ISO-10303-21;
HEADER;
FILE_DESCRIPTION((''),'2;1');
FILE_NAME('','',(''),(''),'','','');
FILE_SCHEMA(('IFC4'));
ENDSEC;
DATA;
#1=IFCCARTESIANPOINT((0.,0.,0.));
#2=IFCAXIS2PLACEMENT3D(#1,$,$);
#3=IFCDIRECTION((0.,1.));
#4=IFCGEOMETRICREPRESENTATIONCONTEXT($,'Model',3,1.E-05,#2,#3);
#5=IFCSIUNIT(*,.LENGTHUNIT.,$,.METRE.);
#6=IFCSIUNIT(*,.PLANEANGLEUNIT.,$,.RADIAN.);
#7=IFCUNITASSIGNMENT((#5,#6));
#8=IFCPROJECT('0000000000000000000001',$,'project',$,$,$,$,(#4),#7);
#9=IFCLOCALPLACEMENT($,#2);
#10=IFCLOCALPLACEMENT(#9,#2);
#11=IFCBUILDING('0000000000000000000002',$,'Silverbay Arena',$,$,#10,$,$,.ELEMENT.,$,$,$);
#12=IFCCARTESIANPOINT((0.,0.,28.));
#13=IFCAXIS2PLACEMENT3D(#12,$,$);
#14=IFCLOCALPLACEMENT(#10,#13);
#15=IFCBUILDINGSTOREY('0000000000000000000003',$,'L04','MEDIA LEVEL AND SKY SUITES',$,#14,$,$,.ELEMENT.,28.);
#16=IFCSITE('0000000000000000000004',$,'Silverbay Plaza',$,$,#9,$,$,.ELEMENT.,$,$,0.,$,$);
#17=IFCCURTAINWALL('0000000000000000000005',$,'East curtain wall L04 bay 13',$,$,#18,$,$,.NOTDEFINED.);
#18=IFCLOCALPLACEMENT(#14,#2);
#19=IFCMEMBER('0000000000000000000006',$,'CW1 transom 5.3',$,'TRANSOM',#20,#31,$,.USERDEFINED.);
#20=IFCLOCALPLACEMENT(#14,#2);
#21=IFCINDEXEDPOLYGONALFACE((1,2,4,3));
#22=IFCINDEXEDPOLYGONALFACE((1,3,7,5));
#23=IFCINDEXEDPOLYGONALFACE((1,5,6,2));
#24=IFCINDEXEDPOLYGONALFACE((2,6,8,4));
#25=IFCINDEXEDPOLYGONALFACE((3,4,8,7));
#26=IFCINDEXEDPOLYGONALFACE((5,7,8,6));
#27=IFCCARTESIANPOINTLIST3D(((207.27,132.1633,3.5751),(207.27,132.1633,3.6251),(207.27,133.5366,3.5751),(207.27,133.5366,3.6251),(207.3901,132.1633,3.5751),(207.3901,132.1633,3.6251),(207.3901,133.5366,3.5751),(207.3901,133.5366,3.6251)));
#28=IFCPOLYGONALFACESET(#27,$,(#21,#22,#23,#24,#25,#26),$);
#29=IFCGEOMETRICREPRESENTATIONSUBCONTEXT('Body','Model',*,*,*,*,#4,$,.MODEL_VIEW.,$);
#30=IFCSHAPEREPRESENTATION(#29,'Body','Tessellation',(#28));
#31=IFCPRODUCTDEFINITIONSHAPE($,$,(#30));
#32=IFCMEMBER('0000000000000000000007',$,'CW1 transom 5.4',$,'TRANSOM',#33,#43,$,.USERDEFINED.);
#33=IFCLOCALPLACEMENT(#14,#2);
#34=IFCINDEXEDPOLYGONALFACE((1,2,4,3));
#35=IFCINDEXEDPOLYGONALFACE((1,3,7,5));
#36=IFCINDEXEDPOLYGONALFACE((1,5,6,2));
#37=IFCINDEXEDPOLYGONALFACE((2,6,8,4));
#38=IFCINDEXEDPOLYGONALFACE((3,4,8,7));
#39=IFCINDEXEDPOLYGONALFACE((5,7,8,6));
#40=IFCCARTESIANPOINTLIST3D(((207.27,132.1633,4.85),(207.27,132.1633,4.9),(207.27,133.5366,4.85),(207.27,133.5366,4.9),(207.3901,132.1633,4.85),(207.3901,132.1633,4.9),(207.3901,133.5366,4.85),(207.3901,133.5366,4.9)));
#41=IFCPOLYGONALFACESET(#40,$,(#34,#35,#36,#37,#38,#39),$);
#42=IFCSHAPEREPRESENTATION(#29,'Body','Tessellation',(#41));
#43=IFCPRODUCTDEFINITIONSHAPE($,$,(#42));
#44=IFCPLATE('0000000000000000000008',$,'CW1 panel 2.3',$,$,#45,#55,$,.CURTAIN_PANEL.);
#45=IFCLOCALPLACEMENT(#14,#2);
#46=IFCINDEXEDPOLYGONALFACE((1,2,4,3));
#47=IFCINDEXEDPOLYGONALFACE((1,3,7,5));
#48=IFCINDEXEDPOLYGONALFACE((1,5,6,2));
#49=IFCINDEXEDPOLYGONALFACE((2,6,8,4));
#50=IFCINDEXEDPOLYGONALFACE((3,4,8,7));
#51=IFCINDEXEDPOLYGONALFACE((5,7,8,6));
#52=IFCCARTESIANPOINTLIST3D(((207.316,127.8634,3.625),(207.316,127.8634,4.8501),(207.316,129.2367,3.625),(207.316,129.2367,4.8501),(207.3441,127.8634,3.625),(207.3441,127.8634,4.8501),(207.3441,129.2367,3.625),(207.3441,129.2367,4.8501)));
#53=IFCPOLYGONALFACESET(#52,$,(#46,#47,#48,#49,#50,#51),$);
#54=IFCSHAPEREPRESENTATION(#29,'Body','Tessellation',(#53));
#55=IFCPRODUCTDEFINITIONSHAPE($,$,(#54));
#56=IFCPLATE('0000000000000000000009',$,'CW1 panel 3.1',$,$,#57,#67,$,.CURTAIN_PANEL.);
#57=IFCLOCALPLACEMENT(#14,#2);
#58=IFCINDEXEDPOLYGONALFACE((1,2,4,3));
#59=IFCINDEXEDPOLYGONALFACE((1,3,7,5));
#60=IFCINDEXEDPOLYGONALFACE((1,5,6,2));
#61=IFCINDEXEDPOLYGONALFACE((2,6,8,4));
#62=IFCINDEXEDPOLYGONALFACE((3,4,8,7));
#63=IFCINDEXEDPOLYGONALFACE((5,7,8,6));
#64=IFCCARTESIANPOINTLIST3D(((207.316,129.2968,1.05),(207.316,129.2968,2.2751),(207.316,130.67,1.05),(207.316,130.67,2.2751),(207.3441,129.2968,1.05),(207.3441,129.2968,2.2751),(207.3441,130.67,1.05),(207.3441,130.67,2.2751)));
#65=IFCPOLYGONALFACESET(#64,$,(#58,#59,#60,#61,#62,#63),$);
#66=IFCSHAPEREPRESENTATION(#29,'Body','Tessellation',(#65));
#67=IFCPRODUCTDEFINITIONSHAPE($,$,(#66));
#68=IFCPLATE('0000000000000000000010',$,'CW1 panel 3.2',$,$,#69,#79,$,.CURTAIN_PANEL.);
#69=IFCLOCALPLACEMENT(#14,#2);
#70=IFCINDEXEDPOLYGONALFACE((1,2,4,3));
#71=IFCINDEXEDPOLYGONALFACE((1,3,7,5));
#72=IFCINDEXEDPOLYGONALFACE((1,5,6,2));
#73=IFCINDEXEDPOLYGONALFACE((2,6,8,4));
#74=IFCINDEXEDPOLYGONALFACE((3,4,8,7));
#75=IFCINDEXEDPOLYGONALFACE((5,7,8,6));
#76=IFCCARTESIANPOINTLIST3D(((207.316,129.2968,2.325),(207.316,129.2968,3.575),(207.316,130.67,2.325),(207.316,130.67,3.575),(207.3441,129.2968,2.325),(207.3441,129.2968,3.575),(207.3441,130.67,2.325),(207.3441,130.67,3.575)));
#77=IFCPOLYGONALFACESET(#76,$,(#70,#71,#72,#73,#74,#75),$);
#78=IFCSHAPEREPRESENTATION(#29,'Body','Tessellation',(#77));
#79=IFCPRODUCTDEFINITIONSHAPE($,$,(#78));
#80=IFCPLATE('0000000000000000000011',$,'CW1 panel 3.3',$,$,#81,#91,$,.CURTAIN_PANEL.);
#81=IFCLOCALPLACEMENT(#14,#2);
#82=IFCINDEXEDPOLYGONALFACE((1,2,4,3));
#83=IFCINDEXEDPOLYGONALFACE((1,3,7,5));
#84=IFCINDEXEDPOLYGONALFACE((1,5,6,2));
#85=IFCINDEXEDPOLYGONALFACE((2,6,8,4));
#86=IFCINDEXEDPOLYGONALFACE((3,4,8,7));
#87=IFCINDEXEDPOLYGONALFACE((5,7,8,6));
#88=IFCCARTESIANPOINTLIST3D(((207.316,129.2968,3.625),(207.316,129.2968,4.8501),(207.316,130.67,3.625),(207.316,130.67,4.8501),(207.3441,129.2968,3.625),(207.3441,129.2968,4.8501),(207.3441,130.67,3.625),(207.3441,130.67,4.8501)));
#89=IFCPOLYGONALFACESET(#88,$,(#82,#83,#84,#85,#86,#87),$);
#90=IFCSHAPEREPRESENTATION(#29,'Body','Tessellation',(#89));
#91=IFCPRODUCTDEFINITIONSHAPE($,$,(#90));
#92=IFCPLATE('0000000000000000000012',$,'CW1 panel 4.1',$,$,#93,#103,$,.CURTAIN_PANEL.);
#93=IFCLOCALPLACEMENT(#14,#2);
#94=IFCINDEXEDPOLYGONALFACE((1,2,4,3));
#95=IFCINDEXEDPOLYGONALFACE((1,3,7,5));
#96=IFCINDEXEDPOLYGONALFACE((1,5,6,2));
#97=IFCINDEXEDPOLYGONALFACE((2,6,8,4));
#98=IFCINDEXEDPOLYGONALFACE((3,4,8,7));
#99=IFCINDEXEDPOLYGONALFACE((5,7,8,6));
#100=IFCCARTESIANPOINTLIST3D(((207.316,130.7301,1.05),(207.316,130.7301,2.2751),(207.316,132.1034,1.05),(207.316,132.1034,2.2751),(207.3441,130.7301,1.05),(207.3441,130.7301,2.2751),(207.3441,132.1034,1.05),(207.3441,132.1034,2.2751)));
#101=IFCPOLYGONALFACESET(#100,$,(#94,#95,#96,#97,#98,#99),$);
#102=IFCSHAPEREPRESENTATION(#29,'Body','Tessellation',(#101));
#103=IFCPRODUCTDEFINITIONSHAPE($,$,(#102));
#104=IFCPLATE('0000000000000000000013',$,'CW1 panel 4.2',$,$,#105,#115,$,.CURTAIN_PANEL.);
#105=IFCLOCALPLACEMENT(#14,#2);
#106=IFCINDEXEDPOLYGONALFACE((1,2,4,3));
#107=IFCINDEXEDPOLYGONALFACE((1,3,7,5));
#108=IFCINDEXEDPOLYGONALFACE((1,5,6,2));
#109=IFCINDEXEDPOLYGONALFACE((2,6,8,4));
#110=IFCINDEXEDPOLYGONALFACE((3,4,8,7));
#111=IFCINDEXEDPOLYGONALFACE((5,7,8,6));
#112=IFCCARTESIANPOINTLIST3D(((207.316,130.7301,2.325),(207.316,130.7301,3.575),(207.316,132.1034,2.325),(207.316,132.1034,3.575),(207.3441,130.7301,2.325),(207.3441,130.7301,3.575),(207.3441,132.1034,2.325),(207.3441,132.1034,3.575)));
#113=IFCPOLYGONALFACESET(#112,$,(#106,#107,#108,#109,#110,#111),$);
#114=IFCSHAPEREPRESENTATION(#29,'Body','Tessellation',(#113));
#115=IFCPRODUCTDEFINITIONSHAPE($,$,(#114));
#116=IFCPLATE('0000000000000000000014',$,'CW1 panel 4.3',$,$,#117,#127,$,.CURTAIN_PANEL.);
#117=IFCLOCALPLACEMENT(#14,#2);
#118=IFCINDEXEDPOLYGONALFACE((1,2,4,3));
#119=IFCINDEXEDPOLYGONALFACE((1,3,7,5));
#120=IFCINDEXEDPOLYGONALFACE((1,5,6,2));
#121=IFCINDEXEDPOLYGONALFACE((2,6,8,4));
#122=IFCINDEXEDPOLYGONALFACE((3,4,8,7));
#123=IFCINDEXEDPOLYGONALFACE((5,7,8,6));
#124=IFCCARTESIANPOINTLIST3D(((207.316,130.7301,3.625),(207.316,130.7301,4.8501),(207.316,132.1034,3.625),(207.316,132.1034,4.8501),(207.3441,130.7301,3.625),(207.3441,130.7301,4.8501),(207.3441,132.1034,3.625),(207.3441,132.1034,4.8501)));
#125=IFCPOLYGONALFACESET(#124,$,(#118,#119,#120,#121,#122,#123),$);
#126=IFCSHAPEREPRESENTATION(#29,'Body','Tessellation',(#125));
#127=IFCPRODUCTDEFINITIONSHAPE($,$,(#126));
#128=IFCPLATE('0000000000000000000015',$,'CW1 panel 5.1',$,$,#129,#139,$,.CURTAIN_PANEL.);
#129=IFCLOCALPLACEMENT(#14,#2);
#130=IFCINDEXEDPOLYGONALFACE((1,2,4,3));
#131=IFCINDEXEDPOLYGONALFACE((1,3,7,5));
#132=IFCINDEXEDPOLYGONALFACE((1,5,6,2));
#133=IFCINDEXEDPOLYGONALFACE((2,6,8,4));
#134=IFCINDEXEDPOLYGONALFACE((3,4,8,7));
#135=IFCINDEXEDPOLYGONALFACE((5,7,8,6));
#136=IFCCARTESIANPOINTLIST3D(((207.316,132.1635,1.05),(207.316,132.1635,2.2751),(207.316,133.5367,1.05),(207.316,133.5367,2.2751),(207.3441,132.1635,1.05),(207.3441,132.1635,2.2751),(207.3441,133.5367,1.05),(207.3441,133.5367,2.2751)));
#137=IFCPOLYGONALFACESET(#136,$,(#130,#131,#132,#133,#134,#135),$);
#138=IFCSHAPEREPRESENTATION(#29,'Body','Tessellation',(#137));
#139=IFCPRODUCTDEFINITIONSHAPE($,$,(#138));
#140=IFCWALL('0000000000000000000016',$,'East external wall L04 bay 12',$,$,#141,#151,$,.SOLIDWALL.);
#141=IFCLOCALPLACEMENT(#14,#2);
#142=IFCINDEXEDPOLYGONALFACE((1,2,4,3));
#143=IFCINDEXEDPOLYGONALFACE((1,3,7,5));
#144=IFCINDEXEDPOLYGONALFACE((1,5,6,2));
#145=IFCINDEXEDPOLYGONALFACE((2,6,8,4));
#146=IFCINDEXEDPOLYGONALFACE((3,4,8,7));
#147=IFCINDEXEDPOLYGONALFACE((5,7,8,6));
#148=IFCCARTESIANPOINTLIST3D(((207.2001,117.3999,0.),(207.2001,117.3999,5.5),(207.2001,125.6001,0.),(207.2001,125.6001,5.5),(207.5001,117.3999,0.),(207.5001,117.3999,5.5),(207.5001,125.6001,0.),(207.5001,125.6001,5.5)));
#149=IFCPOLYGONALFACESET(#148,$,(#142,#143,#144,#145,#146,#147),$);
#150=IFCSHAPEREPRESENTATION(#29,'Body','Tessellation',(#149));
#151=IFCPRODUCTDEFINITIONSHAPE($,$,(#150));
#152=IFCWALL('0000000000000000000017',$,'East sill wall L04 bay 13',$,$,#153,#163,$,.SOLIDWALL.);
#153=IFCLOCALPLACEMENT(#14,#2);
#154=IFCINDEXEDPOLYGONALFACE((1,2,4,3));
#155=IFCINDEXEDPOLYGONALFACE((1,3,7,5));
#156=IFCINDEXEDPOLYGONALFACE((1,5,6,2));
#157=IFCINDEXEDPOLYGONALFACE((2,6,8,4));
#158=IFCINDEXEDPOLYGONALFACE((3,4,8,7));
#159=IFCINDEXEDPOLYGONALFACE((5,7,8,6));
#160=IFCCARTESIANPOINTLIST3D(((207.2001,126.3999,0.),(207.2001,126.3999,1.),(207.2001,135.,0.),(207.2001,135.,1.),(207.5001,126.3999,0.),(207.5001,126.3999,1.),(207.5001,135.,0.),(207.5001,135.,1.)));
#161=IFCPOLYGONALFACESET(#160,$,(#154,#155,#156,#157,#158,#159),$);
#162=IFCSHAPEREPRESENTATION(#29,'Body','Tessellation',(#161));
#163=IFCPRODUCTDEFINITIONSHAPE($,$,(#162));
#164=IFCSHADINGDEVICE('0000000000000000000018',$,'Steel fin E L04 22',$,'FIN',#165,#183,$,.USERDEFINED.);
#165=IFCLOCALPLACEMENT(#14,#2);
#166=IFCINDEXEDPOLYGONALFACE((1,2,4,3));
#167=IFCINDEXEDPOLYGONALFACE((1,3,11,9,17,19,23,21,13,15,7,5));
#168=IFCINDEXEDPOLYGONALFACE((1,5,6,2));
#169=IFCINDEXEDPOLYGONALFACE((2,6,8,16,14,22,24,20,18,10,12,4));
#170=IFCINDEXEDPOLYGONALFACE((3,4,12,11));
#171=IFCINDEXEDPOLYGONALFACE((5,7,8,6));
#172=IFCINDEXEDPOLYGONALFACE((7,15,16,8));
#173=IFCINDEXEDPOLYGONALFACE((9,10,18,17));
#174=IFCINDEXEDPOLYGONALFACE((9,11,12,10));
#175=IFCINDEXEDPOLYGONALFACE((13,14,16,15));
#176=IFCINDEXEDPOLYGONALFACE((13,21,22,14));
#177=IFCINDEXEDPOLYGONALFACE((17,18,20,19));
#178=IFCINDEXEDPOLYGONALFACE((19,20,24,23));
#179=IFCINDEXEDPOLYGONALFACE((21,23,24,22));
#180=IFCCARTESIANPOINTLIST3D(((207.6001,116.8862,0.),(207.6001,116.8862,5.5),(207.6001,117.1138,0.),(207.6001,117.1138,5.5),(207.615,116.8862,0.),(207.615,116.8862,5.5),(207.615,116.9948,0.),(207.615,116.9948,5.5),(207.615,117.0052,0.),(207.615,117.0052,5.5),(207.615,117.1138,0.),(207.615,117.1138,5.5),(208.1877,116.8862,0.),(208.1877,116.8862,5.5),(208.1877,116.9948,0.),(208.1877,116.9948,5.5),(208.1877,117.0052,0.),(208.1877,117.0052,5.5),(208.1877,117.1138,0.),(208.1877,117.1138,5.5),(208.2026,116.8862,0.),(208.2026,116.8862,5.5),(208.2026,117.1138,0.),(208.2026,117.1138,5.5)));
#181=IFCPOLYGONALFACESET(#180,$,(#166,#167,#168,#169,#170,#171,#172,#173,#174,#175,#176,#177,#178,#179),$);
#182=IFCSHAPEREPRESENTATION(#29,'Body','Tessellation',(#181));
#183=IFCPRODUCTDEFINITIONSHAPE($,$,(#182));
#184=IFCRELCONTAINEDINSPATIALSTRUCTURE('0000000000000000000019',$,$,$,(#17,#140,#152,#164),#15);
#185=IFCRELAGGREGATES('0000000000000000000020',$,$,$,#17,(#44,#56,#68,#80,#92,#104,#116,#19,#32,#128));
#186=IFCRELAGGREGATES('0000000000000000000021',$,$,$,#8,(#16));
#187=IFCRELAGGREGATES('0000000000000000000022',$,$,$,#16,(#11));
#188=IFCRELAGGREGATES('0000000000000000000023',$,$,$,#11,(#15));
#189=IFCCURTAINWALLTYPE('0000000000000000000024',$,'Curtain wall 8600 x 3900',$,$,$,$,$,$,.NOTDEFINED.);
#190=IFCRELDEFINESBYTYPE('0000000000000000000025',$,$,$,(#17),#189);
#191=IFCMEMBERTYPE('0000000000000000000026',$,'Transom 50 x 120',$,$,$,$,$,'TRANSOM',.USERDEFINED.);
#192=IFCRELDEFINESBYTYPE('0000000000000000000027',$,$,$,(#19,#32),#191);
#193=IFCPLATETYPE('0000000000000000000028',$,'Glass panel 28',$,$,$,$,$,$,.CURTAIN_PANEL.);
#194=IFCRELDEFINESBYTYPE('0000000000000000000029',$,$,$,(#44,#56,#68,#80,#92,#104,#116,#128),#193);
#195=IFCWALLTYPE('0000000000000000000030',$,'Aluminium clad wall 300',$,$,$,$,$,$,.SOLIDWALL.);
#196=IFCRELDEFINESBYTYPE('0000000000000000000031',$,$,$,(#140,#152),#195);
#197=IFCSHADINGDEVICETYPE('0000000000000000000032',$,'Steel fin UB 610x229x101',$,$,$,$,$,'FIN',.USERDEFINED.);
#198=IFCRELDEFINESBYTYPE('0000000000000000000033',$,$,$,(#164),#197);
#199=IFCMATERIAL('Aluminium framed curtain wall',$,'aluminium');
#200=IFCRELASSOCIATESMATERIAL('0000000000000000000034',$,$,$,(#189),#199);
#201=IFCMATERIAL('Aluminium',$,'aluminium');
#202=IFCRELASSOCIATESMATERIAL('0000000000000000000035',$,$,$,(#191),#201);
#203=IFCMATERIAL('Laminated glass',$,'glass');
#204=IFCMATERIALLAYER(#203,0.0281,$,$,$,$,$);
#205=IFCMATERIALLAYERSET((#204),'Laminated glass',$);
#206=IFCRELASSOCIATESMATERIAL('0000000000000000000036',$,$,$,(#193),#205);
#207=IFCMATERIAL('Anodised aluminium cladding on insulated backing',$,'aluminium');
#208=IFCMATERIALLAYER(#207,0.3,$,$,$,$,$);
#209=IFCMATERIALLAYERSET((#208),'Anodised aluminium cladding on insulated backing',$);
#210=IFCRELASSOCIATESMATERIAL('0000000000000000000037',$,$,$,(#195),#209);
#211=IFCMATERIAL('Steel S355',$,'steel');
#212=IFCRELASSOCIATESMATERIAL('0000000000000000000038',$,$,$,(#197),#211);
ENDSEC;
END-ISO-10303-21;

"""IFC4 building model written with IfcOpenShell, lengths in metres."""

from ifc_helpers import new_model, si_unit, direction, frame, frame_2d, origin, origin_2d, place, context, subcontext, project, spatial, rectangle, i_section, extrude, material, layer, layer_set, material_profile, profile_set, type_object, element, aggregate, save


model = new_model("IFC4")

# Units and contexts
model_context = context("Model", 3, precision=1e-05, world=origin(), true_north=direction((0.0, 1.0)))
body_context = subcontext(model_context, "Body", "Model", "MODEL_VIEW")
ifc_project = project(units=[si_unit("LENGTHUNIT", "METRE"), si_unit("PLANEANGLEUNIT", "RADIAN")], contexts=[model_context])

# Site, building, storey
site_placement = place(None, origin())
site = spatial("IfcSite", under=ifc_project, at=site_placement, Name="Silverbay Plaza", CompositionType="ELEMENT", RefElevation=0.0)
building_placement = place(site_placement, origin())
building = spatial("IfcBuilding", under=site, at=building_placement, Name="Silverbay Arena", CompositionType="ELEMENT")
storey_placement = place(building_placement, frame((0.0, 0.0, 28.0)))
storey = spatial("IfcBuildingStorey", under=building, at=storey_placement, Name="L04", Description="MEDIA LEVEL AND SKY SUITES", CompositionType="ELEMENT", Elevation=28.0)

# Curtain wall
ifc_material_1 = material(Name="Aluminium framed curtain wall", Category="aluminium")
curtain_wall_type = type_object("IfcCurtainWallType", Name="Curtain wall 8600 x 3900", PredefinedType="NOTDEFINED", material=ifc_material_1)
curtain_wall_placement = place(storey_placement, origin())
curtain_wall = element("IfcCurtainWall", 1, at=curtain_wall_placement, inside=storey, type_object=curtain_wall_type, Name="East curtain wall L04 bay 13", PredefinedType="NOTDEFINED")

# Members
ifc_material_2 = material(Name="Aluminium", Category="aluminium")
ifc_material_profile_1 = material_profile(ifc_material_2, rectangle(XDim=0.1201, YDim=0.05, at=origin_2d()), Name="Transom 50 x 120")
ifc_profile_set_1 = profile_set([ifc_material_profile_1], Name="Aluminium")
member_type_1 = type_object("IfcMemberType", Name="Transom 50 x 120", ElementType="TRANSOM", PredefinedType="USERDEFINED", material=ifc_profile_set_1)
member_1_placement = place(storey_placement, frame((207.3301, 132.1633, 3.6001), z_axis=(0.0, 1.0, 0.0), x_axis=(-1.0, 0.0, 0.0)))
member_1 = element("IfcMember", 2, at=member_1_placement, type_object=member_type_1, Name="CW1 transom 5.3", ObjectType="TRANSOM", PredefinedType="USERDEFINED", context=body_context, shape_type="SweptSolid", body=[
    extrude(rectangle(XDim=0.1201, YDim=0.05, at=origin_2d()), origin(), (0.0, 0.0, 1.0), 1.3733),
])
member_2_placement = place(storey_placement, frame((207.3301, 132.1633, 4.875), z_axis=(0.0, 1.0, 0.0), x_axis=(-1.0, 0.0, 0.0)))
member_2 = element("IfcMember", 3, at=member_2_placement, type_object=member_type_1, Name="CW1 transom 5.4", ObjectType="TRANSOM", PredefinedType="USERDEFINED", context=body_context, shape_type="SweptSolid", body=[
    extrude(rectangle(XDim=0.1201, YDim=0.05, at=origin_2d()), origin(), (0.0, 0.0, 1.0), 1.3733),
])

# Plates
ifc_material_3 = material(Name="Laminated glass", Category="glass")
ifc_layer_1 = layer(ifc_material_3, 0.0281)
ifc_layer_set_1 = layer_set([ifc_layer_1], Name="Laminated glass")
plate_type = type_object("IfcPlateType", Name="Glass panel 28", PredefinedType="CURTAIN_PANEL", material=ifc_layer_set_1)
plate_1_placement = place(storey_placement, frame((207.3301, 128.55, 3.625), z_axis=(0.0, 0.0, 1.0), x_axis=(0.0, 1.0, 0.0)))
plate_1 = element("IfcPlate", 4, at=plate_1_placement, type_object=plate_type, Name="CW1 panel 2.3", PredefinedType="CURTAIN_PANEL", context=body_context, shape_type="SweptSolid", body=[
    extrude(rectangle(XDim=1.3733, YDim=0.0281, at=origin_2d()), origin(), (0.0, 0.0, 1.0), 1.2251),
])
plate_2_placement = place(storey_placement, frame((207.3301, 129.9834, 1.05), z_axis=(0.0, 0.0, 1.0), x_axis=(0.0, 1.0, 0.0)))
plate_2 = element("IfcPlate", 5, at=plate_2_placement, type_object=plate_type, Name="CW1 panel 3.1", PredefinedType="CURTAIN_PANEL", context=body_context, shape_type="SweptSolid", body=[
    extrude(rectangle(XDim=1.3733, YDim=0.0281, at=origin_2d()), origin(), (0.0, 0.0, 1.0), 1.2251),
])
plate_3_placement = place(storey_placement, frame((207.3301, 129.9834, 2.325), z_axis=(0.0, 0.0, 1.0), x_axis=(0.0, 1.0, 0.0)))
plate_3 = element("IfcPlate", 6, at=plate_3_placement, type_object=plate_type, Name="CW1 panel 3.2", PredefinedType="CURTAIN_PANEL", context=body_context, shape_type="SweptSolid", body=[
    extrude(rectangle(XDim=1.3733, YDim=0.0281, at=origin_2d()), origin(), (0.0, 0.0, 1.0), 1.25),
])
plate_4_placement = place(storey_placement, frame((207.3301, 129.9834, 3.625), z_axis=(0.0, 0.0, 1.0), x_axis=(0.0, 1.0, 0.0)))
plate_4 = element("IfcPlate", 7, at=plate_4_placement, type_object=plate_type, Name="CW1 panel 3.3", PredefinedType="CURTAIN_PANEL", context=body_context, shape_type="SweptSolid", body=[
    extrude(rectangle(XDim=1.3733, YDim=0.0281, at=origin_2d()), origin(), (0.0, 0.0, 1.0), 1.2251),
])
plate_5_placement = place(storey_placement, frame((207.3301, 131.4167, 1.05), z_axis=(0.0, 0.0, 1.0), x_axis=(0.0, 1.0, 0.0)))
plate_5 = element("IfcPlate", 8, at=plate_5_placement, type_object=plate_type, Name="CW1 panel 4.1", PredefinedType="CURTAIN_PANEL", context=body_context, shape_type="SweptSolid", body=[
    extrude(rectangle(XDim=1.3733, YDim=0.0281, at=origin_2d()), origin(), (0.0, 0.0, 1.0), 1.2251),
])
plate_6_placement = place(storey_placement, frame((207.3301, 131.4167, 2.325), z_axis=(0.0, 0.0, 1.0), x_axis=(0.0, 1.0, 0.0)))
plate_6 = element("IfcPlate", 9, at=plate_6_placement, type_object=plate_type, Name="CW1 panel 4.2", PredefinedType="CURTAIN_PANEL", context=body_context, shape_type="SweptSolid", body=[
    extrude(rectangle(XDim=1.3733, YDim=0.0281, at=origin_2d()), origin(), (0.0, 0.0, 1.0), 1.25),
])
plate_7_placement = place(storey_placement, frame((207.3301, 131.4167, 3.625), z_axis=(0.0, 0.0, 1.0), x_axis=(0.0, 1.0, 0.0)))
plate_7 = element("IfcPlate", 10, at=plate_7_placement, type_object=plate_type, Name="CW1 panel 4.3", PredefinedType="CURTAIN_PANEL", context=body_context, shape_type="SweptSolid", body=[
    extrude(rectangle(XDim=1.3733, YDim=0.0281, at=origin_2d()), origin(), (0.0, 0.0, 1.0), 1.2251),
])
plate_8_placement = place(storey_placement, frame((207.3301, 132.8501, 1.05), z_axis=(0.0, 0.0, 1.0), x_axis=(0.0, 1.0, 0.0)))
plate_8 = element("IfcPlate", 11, at=plate_8_placement, type_object=plate_type, Name="CW1 panel 5.1", PredefinedType="CURTAIN_PANEL", context=body_context, shape_type="SweptSolid", body=[
    extrude(rectangle(XDim=1.3733, YDim=0.0281, at=origin_2d()), origin(), (0.0, 0.0, 1.0), 1.2251),
])
aggregate(curtain_wall, [plate_1, plate_2, plate_3, plate_4, plate_5, plate_6, plate_7, member_1, member_2, plate_8])

# Walls
ifc_material_4 = material(Name="Anodised aluminium cladding on insulated backing", Category="aluminium")
ifc_layer_2 = layer(ifc_material_4, 0.3)
ifc_layer_set_2 = layer_set([ifc_layer_2], Name="Anodised aluminium cladding on insulated backing")
wall_type = type_object("IfcWallType", Name="Aluminium clad wall 300", PredefinedType="SOLIDWALL", material=ifc_layer_set_2)
wall_1_placement = place(storey_placement, frame((207.3501, 117.3999, 0.0), z_axis=(0.0, 0.0, 1.0), x_axis=(0.0, 1.0, 0.0)))
element("IfcWall", 12, at=wall_1_placement, inside=storey, type_object=wall_type, Name="East external wall L04 bay 12", PredefinedType="SOLIDWALL", context=body_context, shape_type="SweptSolid", body=[
    extrude(rectangle(XDim=8.2002, YDim=0.3, at=frame_2d((4.1001, 0.0))), origin(), (0.0, 0.0, 1.0), 5.5),
])
wall_2_placement = place(storey_placement, frame((207.3501, 126.3999, 0.0), z_axis=(0.0, 0.0, 1.0), x_axis=(0.0, 1.0, 0.0)))
element("IfcWall", 13, at=wall_2_placement, inside=storey, type_object=wall_type, Name="East sill wall L04 bay 13", PredefinedType="SOLIDWALL", context=body_context, shape_type="SweptSolid", body=[
    extrude(rectangle(XDim=8.6001, YDim=0.3, at=frame_2d((4.3, 0.0))), origin(), (0.0, 0.0, 1.0), 1.0),
])

# Shading device
ifc_material_5 = material(Name="Steel S355", Category="steel")
ifc_material_profile_2 = material_profile(ifc_material_5, i_section(OverallWidth=0.2275, OverallDepth=0.6025, WebThickness=0.0105, FlangeThickness=0.0149, at=origin_2d()), Name="UB 610x229x101")
ifc_profile_set_2 = profile_set([ifc_material_profile_2], Name="Steel S355")
shading_device_type = type_object("IfcShadingDeviceType", Name="Steel fin UB 610x229x101", ElementType="FIN", PredefinedType="USERDEFINED", material=ifc_profile_set_2)
for number, where, z_axis, x_axis, name in (
    (14, (207.9014, 117.0, 0.0), (0.0, 0.0, 1.0), (0.0, 1.0, 0.0), "Steel fin E L04 22"),
):
    element("IfcShadingDevice", number, at=place(storey_placement, frame(where, z_axis=z_axis, x_axis=x_axis)), inside=storey, type_object=shading_device_type, Name=name, ObjectType="FIN", PredefinedType="USERDEFINED", context=body_context, shape_type="SweptSolid", body=[
        extrude(i_section(OverallWidth=0.2275, OverallDepth=0.6025, WebThickness=0.0105, FlangeThickness=0.0149, at=origin_2d()), origin(), (0.0, 0.0, 1.0), 5.5),
    ])

save(model, "model.ifc")
